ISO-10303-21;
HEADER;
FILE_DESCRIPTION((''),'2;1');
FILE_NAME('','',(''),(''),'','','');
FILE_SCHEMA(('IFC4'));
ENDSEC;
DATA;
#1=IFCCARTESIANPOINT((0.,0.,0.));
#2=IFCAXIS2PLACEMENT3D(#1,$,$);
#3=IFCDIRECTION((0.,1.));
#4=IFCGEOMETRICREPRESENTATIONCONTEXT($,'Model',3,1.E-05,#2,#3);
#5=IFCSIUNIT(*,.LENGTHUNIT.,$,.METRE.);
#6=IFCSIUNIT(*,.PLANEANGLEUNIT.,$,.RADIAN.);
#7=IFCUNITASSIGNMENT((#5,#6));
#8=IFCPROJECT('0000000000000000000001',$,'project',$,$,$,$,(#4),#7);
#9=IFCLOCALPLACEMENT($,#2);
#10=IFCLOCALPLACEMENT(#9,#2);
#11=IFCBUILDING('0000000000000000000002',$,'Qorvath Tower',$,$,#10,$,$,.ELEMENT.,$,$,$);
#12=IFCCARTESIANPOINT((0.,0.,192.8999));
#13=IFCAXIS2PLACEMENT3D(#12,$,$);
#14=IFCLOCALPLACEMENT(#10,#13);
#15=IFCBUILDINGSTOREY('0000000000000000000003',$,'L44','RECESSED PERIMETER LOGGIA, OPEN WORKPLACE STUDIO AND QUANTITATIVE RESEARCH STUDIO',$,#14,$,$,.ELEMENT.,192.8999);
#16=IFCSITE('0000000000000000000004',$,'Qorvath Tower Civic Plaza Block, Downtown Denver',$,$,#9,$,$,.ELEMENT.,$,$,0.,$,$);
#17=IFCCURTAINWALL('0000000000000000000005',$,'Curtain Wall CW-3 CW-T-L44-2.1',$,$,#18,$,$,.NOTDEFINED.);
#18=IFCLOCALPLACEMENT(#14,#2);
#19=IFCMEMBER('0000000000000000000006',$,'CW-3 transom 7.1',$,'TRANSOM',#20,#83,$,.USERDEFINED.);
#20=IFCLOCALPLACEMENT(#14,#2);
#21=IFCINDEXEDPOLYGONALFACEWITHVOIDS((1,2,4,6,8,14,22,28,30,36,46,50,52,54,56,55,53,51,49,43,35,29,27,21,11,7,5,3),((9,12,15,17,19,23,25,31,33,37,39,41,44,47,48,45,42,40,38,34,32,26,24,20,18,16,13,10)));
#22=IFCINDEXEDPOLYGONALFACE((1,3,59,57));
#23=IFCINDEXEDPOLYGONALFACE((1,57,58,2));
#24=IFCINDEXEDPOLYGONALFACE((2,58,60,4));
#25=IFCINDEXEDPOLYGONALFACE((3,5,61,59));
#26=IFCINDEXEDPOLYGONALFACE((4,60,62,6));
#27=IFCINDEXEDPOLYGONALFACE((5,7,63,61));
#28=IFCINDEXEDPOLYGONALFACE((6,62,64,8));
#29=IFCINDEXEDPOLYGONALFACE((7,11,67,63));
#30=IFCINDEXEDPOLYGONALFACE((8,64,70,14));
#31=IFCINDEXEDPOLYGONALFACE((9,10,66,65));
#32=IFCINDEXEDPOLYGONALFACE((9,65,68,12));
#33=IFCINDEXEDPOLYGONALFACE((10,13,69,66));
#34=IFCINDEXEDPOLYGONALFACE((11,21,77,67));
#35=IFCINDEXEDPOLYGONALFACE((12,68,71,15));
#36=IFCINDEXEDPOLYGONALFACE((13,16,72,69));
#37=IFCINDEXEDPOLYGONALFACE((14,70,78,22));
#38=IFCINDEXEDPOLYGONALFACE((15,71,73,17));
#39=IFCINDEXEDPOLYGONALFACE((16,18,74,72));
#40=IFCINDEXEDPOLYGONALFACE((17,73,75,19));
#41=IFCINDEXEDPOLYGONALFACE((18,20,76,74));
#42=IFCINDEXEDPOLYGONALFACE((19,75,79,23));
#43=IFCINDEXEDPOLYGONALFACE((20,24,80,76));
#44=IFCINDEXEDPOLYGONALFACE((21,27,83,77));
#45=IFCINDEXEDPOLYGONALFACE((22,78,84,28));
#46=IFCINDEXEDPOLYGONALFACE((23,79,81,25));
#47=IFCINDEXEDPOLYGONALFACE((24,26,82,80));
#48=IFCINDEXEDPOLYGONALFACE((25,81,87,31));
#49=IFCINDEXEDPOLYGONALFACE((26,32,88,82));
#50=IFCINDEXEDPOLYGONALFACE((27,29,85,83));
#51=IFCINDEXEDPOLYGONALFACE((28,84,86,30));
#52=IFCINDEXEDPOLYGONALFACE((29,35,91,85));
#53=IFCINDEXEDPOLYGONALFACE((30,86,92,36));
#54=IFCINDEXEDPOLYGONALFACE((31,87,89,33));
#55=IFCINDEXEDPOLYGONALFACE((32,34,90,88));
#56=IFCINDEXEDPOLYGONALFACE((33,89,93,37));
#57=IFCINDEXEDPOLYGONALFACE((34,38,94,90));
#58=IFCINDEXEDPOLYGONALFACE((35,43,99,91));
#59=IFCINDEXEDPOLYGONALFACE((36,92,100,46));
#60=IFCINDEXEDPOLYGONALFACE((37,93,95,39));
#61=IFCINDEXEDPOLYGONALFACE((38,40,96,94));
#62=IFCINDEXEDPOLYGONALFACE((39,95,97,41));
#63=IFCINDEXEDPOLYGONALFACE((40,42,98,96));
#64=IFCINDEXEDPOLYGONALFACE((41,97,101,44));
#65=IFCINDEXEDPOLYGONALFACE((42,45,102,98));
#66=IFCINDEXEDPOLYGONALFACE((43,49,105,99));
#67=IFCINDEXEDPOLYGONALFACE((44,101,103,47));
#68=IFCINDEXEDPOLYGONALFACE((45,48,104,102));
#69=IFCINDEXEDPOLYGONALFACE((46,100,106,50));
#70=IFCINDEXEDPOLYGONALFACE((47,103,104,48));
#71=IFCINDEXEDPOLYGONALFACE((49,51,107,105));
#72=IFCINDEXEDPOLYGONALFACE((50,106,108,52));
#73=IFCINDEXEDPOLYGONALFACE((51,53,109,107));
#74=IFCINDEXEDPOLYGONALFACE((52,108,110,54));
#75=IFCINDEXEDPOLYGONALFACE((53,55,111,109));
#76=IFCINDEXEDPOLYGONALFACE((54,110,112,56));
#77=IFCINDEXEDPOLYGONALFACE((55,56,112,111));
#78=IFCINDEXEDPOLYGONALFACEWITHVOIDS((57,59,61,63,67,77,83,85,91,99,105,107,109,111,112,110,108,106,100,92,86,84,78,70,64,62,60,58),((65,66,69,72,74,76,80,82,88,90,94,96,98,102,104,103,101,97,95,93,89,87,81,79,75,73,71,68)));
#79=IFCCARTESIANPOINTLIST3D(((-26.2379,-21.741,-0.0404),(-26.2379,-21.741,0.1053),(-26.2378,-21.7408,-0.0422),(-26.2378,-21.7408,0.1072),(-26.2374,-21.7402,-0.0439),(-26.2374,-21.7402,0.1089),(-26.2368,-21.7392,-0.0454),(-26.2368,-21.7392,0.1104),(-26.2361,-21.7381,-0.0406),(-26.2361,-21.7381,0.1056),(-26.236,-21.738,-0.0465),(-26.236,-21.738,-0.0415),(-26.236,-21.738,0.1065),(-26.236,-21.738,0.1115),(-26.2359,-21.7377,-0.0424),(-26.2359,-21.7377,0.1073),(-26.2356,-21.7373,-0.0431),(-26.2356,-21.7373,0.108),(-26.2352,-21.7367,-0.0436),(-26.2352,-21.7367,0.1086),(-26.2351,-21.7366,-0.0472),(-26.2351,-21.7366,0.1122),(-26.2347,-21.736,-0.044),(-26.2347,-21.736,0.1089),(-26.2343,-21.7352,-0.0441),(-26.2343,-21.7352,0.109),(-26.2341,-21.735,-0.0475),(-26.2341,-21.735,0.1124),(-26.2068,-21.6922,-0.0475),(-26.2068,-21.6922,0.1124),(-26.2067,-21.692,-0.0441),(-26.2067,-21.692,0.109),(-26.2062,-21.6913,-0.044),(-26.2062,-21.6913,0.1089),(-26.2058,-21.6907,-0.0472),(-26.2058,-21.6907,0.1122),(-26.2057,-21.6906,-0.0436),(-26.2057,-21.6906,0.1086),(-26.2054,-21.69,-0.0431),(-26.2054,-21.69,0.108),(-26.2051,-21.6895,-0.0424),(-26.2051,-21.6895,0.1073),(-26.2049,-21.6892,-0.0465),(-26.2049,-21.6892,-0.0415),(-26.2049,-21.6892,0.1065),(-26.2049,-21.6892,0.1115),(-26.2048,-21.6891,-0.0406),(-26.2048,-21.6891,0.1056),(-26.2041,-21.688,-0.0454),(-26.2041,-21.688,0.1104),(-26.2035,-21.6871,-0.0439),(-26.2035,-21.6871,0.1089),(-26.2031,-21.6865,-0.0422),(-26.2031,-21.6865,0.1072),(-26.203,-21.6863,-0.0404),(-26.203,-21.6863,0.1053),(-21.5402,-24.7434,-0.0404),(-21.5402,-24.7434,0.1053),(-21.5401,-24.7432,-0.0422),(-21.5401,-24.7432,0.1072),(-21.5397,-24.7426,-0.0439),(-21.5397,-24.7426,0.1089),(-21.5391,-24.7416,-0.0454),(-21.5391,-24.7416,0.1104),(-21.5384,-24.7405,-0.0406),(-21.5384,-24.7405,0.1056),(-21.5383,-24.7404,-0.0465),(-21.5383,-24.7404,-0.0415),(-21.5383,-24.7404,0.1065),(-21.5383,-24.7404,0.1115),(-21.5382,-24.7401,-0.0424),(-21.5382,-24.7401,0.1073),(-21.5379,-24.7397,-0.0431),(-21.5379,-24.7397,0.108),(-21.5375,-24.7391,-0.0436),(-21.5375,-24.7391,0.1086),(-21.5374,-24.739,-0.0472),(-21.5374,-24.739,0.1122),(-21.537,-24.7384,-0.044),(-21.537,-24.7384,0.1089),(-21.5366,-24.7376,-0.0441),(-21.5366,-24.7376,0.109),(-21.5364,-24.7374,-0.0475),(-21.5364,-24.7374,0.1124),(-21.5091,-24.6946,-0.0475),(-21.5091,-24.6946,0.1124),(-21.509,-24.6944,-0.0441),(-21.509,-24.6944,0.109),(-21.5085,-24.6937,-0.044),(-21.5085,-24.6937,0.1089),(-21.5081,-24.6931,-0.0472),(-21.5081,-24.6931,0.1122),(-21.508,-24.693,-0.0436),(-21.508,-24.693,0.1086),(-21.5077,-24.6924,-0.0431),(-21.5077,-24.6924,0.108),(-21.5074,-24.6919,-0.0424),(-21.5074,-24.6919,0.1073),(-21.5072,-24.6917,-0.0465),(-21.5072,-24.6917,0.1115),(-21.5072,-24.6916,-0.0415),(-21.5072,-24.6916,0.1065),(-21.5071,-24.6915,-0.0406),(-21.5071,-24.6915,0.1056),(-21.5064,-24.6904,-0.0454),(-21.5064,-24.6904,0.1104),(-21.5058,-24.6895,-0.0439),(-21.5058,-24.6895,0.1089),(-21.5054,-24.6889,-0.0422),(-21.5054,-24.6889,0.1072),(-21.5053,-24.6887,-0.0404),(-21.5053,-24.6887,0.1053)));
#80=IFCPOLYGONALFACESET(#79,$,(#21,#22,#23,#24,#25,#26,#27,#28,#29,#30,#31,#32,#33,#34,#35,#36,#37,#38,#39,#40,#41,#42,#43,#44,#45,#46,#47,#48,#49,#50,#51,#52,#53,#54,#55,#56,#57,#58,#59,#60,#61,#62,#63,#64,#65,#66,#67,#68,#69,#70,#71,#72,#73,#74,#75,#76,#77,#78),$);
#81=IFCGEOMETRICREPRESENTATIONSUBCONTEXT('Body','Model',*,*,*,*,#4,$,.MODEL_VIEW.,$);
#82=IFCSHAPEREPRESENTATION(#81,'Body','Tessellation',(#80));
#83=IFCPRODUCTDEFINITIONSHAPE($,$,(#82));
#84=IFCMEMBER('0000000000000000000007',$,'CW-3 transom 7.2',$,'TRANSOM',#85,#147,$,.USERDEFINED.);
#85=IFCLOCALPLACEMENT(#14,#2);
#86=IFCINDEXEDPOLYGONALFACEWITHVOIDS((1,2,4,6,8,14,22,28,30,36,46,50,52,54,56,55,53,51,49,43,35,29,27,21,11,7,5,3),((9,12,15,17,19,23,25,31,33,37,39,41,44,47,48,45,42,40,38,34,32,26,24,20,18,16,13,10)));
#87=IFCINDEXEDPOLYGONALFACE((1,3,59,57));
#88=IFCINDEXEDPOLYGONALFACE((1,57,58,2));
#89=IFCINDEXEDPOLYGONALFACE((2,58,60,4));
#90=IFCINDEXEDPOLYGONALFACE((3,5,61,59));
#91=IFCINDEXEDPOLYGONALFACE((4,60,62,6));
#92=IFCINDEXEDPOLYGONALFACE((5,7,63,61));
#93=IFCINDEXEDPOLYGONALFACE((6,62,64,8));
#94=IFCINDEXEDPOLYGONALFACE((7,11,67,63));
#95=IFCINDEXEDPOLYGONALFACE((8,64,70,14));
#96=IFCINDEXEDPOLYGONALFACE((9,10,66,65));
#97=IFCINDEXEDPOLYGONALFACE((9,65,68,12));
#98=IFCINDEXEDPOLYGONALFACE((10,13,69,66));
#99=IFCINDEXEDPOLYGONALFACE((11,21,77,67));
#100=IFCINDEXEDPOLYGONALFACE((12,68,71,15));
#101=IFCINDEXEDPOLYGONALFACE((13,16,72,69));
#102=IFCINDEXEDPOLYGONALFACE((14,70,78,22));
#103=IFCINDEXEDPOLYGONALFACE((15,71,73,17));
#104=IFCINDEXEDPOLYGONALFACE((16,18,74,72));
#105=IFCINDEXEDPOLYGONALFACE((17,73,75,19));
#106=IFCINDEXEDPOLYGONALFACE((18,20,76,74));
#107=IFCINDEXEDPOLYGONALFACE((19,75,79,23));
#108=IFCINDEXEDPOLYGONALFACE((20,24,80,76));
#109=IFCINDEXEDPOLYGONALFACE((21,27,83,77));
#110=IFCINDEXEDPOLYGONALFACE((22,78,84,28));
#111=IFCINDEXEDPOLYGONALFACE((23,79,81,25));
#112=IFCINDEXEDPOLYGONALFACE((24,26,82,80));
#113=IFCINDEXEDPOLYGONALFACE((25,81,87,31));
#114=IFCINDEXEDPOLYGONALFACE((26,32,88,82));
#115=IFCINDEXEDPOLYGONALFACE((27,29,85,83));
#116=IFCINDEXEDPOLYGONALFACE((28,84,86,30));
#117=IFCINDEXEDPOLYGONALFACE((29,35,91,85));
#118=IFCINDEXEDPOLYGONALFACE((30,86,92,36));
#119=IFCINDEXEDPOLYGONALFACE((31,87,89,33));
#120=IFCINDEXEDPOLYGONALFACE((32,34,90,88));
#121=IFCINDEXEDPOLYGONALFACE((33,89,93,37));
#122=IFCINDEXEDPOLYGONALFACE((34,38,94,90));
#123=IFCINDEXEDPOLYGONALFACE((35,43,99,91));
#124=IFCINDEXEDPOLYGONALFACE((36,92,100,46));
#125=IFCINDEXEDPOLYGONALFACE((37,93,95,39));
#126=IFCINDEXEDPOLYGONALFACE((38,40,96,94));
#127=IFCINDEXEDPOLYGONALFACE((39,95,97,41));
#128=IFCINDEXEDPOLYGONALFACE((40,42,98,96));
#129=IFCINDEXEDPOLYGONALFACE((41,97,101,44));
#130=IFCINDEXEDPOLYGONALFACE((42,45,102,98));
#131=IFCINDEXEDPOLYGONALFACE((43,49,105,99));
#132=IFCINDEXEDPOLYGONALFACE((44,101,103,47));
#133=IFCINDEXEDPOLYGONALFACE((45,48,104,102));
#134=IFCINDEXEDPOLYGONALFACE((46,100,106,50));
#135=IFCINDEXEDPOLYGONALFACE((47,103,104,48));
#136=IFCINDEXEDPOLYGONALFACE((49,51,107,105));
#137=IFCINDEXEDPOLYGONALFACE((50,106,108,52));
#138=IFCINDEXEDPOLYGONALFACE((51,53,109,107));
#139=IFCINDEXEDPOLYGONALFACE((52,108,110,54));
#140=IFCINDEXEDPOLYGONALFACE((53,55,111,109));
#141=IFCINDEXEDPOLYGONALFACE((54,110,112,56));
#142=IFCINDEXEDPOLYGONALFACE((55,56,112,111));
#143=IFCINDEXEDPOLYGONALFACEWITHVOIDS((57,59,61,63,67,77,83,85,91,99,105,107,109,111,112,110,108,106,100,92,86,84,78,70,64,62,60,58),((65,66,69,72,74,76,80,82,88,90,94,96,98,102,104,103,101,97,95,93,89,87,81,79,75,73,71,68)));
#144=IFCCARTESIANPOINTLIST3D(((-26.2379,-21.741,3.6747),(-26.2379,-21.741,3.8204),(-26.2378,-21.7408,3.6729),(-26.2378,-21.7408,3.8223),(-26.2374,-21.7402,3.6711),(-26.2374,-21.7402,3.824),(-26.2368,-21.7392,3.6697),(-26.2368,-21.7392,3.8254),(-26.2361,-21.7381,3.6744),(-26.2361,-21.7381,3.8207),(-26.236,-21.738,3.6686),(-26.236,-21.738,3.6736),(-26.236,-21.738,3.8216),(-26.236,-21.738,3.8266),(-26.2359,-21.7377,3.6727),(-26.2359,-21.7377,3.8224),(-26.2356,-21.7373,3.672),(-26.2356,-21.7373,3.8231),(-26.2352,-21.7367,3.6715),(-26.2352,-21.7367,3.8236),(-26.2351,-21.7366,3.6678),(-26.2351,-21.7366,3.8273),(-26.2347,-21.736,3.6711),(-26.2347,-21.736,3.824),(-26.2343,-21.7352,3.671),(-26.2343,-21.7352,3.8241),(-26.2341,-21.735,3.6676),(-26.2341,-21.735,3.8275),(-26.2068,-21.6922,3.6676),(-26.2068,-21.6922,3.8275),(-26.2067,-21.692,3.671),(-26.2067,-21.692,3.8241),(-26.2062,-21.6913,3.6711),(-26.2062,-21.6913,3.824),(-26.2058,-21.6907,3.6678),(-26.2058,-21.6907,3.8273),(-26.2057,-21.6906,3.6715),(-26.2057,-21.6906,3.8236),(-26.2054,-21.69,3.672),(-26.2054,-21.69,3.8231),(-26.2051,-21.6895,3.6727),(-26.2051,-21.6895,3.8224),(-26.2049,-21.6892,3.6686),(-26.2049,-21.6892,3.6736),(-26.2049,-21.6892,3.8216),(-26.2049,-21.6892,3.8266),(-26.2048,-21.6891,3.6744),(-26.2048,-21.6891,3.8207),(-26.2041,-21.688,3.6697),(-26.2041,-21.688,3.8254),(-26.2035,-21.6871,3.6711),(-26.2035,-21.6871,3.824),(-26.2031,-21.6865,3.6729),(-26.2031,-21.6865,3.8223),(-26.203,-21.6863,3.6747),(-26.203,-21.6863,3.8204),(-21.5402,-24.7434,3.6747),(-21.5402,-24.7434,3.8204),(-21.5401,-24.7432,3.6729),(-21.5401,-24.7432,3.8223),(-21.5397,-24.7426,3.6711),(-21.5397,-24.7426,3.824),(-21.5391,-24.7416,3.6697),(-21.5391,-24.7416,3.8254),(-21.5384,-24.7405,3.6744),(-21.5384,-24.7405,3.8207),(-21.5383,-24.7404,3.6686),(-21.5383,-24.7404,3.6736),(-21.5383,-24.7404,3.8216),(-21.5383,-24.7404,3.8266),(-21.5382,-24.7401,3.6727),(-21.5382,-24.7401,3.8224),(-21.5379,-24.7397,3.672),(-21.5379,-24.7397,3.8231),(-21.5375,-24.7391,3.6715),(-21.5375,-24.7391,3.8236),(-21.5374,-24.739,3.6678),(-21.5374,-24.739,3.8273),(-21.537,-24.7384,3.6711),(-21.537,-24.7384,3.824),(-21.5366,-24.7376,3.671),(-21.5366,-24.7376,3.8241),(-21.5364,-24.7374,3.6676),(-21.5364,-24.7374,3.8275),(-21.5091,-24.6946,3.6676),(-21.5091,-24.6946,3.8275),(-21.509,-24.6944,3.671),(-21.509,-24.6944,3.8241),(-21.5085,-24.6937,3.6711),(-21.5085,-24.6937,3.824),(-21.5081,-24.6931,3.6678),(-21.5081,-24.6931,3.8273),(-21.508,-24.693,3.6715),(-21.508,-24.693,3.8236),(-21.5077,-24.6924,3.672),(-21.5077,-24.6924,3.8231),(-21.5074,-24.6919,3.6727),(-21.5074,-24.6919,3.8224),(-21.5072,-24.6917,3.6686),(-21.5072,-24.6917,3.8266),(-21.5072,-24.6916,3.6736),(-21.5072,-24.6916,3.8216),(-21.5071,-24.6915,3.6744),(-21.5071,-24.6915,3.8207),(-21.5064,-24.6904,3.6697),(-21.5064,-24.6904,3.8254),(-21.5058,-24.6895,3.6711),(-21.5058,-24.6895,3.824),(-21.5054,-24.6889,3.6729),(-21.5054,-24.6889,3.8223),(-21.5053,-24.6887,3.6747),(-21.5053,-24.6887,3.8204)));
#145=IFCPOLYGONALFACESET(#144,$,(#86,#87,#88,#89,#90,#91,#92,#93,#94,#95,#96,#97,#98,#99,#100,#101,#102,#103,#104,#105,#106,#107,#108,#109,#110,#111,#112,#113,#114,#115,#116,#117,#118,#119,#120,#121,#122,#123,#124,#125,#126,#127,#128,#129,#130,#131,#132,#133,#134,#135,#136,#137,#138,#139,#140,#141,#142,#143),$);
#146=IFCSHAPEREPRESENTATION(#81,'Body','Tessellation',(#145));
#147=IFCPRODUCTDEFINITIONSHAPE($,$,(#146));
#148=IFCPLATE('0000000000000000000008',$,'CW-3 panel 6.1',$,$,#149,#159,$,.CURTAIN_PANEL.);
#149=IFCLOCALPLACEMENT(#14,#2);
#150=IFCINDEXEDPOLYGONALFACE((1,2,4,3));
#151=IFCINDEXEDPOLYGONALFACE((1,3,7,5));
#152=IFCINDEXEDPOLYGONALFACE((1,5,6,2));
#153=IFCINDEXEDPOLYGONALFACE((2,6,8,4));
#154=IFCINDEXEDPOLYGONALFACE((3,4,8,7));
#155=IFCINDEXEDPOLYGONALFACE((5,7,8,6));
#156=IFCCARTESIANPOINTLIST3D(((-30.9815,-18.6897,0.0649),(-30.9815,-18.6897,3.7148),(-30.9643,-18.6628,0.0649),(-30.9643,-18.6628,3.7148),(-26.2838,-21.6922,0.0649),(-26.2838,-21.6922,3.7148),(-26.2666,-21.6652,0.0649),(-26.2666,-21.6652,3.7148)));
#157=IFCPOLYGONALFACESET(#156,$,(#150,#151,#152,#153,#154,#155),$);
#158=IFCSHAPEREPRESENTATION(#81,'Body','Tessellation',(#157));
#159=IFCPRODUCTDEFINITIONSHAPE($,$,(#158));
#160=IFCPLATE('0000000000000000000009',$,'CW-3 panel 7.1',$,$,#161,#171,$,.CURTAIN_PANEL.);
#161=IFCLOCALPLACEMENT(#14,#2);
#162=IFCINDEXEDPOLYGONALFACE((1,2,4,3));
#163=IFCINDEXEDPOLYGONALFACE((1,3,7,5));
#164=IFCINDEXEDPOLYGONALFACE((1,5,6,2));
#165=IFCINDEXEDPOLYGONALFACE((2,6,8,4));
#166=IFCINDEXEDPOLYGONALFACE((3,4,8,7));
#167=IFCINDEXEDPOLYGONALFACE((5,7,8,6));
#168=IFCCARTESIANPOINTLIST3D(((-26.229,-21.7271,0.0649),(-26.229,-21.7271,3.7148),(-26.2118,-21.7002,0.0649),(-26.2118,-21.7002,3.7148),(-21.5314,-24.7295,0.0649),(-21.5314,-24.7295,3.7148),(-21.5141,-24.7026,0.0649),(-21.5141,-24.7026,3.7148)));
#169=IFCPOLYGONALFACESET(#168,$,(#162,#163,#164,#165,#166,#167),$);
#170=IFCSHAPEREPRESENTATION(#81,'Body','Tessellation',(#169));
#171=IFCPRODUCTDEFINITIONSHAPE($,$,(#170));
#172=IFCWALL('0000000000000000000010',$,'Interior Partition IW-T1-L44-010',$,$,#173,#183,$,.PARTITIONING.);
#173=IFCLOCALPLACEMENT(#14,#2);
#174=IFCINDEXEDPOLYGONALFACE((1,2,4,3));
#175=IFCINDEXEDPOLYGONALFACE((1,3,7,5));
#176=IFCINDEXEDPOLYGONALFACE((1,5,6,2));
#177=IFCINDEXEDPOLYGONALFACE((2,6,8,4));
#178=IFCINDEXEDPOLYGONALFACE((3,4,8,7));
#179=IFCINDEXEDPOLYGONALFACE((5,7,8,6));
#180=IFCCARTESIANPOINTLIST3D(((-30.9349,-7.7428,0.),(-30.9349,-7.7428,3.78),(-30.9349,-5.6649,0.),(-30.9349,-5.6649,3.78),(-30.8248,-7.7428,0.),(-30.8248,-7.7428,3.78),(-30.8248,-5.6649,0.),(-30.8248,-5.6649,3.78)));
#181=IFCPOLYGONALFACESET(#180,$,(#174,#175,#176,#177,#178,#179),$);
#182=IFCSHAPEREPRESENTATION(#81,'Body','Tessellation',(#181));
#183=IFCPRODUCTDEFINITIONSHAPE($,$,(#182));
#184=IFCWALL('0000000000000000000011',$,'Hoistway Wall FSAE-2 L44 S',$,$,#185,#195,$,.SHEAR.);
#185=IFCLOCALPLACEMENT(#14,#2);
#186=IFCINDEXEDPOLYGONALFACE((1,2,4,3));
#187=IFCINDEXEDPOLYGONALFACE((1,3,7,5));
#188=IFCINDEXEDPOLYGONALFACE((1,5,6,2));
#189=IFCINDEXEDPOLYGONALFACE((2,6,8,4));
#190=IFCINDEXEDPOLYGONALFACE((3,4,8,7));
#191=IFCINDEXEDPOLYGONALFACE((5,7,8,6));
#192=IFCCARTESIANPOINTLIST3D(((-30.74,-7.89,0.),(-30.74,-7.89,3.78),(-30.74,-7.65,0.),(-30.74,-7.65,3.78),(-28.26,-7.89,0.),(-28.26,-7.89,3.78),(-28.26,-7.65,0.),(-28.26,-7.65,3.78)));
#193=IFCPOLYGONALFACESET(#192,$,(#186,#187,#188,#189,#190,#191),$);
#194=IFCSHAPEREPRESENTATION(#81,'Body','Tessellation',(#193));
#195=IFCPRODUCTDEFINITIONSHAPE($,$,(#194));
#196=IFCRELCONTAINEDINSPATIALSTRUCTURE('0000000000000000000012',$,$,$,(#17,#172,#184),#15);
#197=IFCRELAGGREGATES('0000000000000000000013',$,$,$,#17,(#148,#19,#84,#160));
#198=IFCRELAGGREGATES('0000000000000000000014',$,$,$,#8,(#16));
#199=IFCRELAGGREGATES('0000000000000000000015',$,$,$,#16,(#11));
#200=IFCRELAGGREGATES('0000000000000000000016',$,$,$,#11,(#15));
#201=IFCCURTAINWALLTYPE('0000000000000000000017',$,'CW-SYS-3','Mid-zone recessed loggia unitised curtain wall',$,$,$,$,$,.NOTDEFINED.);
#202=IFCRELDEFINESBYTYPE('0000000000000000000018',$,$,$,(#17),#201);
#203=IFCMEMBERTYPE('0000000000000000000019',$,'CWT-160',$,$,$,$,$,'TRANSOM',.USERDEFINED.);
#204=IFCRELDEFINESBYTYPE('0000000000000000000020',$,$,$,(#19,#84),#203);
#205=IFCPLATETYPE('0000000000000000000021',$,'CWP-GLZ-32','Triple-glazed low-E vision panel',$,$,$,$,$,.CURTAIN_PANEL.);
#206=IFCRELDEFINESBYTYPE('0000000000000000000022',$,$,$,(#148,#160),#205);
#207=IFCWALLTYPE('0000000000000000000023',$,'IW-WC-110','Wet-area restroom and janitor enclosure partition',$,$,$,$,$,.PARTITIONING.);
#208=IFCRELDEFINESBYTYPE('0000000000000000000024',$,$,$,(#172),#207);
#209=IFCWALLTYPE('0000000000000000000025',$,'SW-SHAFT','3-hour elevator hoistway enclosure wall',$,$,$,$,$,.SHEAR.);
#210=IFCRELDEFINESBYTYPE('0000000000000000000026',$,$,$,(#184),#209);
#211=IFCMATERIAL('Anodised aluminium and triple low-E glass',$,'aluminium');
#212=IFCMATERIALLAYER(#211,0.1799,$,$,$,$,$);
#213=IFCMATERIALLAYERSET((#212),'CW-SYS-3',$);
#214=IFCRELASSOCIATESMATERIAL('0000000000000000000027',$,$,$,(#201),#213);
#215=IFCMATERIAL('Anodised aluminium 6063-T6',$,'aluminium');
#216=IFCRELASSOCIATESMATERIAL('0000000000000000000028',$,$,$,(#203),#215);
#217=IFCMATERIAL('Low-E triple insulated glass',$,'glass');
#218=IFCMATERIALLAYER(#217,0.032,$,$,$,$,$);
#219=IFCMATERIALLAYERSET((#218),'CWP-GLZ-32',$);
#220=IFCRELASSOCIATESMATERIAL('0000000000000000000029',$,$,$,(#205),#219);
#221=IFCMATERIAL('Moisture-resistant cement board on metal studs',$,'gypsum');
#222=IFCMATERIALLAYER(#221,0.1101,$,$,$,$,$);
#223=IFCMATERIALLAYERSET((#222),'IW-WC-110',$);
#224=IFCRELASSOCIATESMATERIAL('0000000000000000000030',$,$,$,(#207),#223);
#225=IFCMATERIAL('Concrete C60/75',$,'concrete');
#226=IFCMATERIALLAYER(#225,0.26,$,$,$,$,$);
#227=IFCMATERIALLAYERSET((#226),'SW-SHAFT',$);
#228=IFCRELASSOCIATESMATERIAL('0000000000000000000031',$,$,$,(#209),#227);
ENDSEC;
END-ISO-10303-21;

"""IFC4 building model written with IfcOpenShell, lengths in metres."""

from ifc_helpers import new_model, si_unit, direction, frame, frame_2d, origin, origin_2d, place, context, subcontext, project, spatial, rectangle, hollow_rectangle, extrude, material, layer, layer_set, material_profile, profile_set, type_object, element, aggregate, save


model = new_model("IFC4")

# Units and contexts
model_context = context("Model", 3, precision=1e-05, world=origin(), true_north=direction((0.0, 1.0)))
body_context = subcontext(model_context, "Body", "Model", "MODEL_VIEW")
ifc_project = project(units=[si_unit("LENGTHUNIT", "METRE"), si_unit("PLANEANGLEUNIT", "RADIAN")], contexts=[model_context])

# Site, building, storey
site_placement = place(None, origin())
site = spatial("IfcSite", under=ifc_project, at=site_placement, Name="Qorvath Tower Civic Plaza Block, Downtown Denver", CompositionType="ELEMENT", RefElevation=0.0)
building_placement = place(site_placement, origin())
building = spatial("IfcBuilding", under=site, at=building_placement, Name="Qorvath Tower", CompositionType="ELEMENT")
storey_placement = place(building_placement, frame((0.0, 0.0, 192.8999)))
storey = spatial("IfcBuildingStorey", under=building, at=storey_placement, Name="L44", Description="RECESSED PERIMETER LOGGIA, OPEN WORKPLACE STUDIO AND QUANTITATIVE RESEARCH STUDIO", CompositionType="ELEMENT", Elevation=192.8999)

# Curtain wall, members, plates
ifc_material_1 = material(Name="Anodised aluminium and triple low-E glass", Category="aluminium")
ifc_layer_1 = layer(ifc_material_1, 0.1799)
ifc_layer_set_1 = layer_set([ifc_layer_1], Name="CW-SYS-3")
curtain_wall_type = type_object("IfcCurtainWallType", Name="CW-SYS-3", Description="Mid-zone recessed loggia unitised curtain wall", PredefinedType="NOTDEFINED", material=ifc_layer_set_1)
curtain_wall_placement = place(storey_placement, origin())
curtain_wall = element("IfcCurtainWall", 1, at=curtain_wall_placement, inside=storey, type_object=curtain_wall_type, Name="Curtain Wall CW-3 CW-T-L44-2.1", PredefinedType="NOTDEFINED")
ifc_material_2 = material(Name="Anodised aluminium 6063-T6", Category="aluminium")
ifc_material_profile_1 = material_profile(ifc_material_2, hollow_rectangle(XDim=0.0649, YDim=0.1599, WallThickness=0.0034, InnerFilletRadius=0.0034, OuterFilletRadius=0.0071, at=origin_2d()), Name="CWT 160x65")
ifc_profile_set_1 = profile_set([ifc_material_profile_1], Name="Anodised aluminium 6063-T6")
member_type_1 = type_object("IfcMemberType", Name="CWT-160", ElementType="TRANSOM", PredefinedType="USERDEFINED", material=ifc_profile_set_1)
member_1_placement = place(storey_placement, frame((-26.2205, -21.7136, 0.0325), z_axis=(0.842607, -0.538529, 0.0), x_axis=(0.538529, 0.842607, 0.0)))
member_1 = element("IfcMember", 2, at=member_1_placement, type_object=member_type_1, Name="CW-3 transom 7.1", ObjectType="TRANSOM", PredefinedType="USERDEFINED", context=body_context, shape_type="SweptSolid", body=[
    extrude(hollow_rectangle(XDim=0.0649, YDim=0.1599, WallThickness=0.0034, InnerFilletRadius=0.0034, OuterFilletRadius=0.0071, at=origin_2d()), origin(), (0.0, 0.0, 1.0), 5.5752),
])
member_2_placement = place(storey_placement, frame((-26.2205, -21.7136, 3.7476), z_axis=(0.842607, -0.538529, 0.0), x_axis=(0.538529, 0.842607, 0.0)))
member_2 = element("IfcMember", 3, at=member_2_placement, type_object=member_type_1, Name="CW-3 transom 7.2", ObjectType="TRANSOM", PredefinedType="USERDEFINED", context=body_context, shape_type="SweptSolid", body=[
    extrude(hollow_rectangle(XDim=0.0649, YDim=0.1599, WallThickness=0.0034, InnerFilletRadius=0.0034, OuterFilletRadius=0.0071, at=origin_2d()), origin(), (0.0, 0.0, 1.0), 5.5752),
])
ifc_material_3 = material(Name="Low-E triple insulated glass", Category="glass")
ifc_layer_2 = layer(ifc_material_3, 0.032)
ifc_layer_set_2 = layer_set([ifc_layer_2], Name="CWP-GLZ-32")
plate_type = type_object("IfcPlateType", Name="CWP-GLZ-32", Description="Triple-glazed low-E vision panel", PredefinedType="CURTAIN_PANEL", material=ifc_layer_set_2)
plate_1_placement = place(storey_placement, frame((-28.624, -20.1775, 0.0649), z_axis=(0.0, 0.0, 1.0), x_axis=(0.842604, -0.538534, 0.0)))
plate_1 = element("IfcPlate", 4, at=plate_1_placement, type_object=plate_type, Name="CW-3 panel 6.1", PredefinedType="CURTAIN_PANEL", context=body_context, shape_type="SweptSolid", body=[
    extrude(rectangle(XDim=5.5752, YDim=0.032, at=origin_2d()), origin(), (0.0, 0.0, 1.0), 3.6499),
])
plate_2_placement = place(storey_placement, frame((-23.8716, -23.2148, 0.0649), z_axis=(0.0, 0.0, 1.0), x_axis=(0.842604, -0.538534, 0.0)))
plate_2 = element("IfcPlate", 5, at=plate_2_placement, type_object=plate_type, Name="CW-3 panel 7.1", PredefinedType="CURTAIN_PANEL", context=body_context, shape_type="SweptSolid", body=[
    extrude(rectangle(XDim=5.5752, YDim=0.032, at=origin_2d()), origin(), (0.0, 0.0, 1.0), 3.6499),
])
aggregate(curtain_wall, [plate_1, member_1, member_2, plate_2])

# Walls
ifc_material_4 = material(Name="Moisture-resistant cement board on metal studs", Category="gypsum")
ifc_layer_3 = layer(ifc_material_4, 0.1101)
ifc_layer_set_3 = layer_set([ifc_layer_3], Name="IW-WC-110")
wall_type_1 = type_object("IfcWallType", Name="IW-WC-110", Description="Wet-area restroom and janitor enclosure partition", PredefinedType="PARTITIONING", material=ifc_layer_set_3)
wall_1_placement = place(storey_placement, frame((-30.8799, -7.7429, 0.0), z_axis=(0.0, 0.0, 1.0), x_axis=(0.0, 1.0, 0.0)))
element("IfcWall", 6, at=wall_1_placement, inside=storey, type_object=wall_type_1, Name="Interior Partition IW-T1-L44-010", PredefinedType="PARTITIONING", context=body_context, shape_type="SweptSolid", body=[
    extrude(rectangle(XDim=2.0779, YDim=0.1101, at=frame_2d((1.0391, 0.0))), origin(), (0.0, 0.0, 1.0), 3.78),
])
ifc_material_5 = material(Name="Concrete C60/75", Category="concrete")
ifc_layer_4 = layer(ifc_material_5, 0.26)
ifc_layer_set_4 = layer_set([ifc_layer_4], Name="SW-SHAFT")
wall_type_2 = type_object("IfcWallType", Name="SW-SHAFT", Description="3-hour elevator hoistway enclosure wall", PredefinedType="SHEAR", material=ifc_layer_set_4)
wall_2_placement = place(storey_placement, frame((-28.26, -7.77, 0.0), z_axis=(0.0, 0.0, 1.0), x_axis=(-1.0, 0.0, 0.0)))
element("IfcWall", 7, at=wall_2_placement, inside=storey, type_object=wall_type_2, Name="Hoistway Wall FSAE-2 L44 S", PredefinedType="SHEAR", context=body_context, shape_type="SweptSolid", body=[
    extrude(rectangle(XDim=2.48, YDim=0.24, at=frame_2d((1.24, 0.0))), origin(), (0.0, 0.0, 1.0), 3.78),
])

save(model, "model.ifc")
